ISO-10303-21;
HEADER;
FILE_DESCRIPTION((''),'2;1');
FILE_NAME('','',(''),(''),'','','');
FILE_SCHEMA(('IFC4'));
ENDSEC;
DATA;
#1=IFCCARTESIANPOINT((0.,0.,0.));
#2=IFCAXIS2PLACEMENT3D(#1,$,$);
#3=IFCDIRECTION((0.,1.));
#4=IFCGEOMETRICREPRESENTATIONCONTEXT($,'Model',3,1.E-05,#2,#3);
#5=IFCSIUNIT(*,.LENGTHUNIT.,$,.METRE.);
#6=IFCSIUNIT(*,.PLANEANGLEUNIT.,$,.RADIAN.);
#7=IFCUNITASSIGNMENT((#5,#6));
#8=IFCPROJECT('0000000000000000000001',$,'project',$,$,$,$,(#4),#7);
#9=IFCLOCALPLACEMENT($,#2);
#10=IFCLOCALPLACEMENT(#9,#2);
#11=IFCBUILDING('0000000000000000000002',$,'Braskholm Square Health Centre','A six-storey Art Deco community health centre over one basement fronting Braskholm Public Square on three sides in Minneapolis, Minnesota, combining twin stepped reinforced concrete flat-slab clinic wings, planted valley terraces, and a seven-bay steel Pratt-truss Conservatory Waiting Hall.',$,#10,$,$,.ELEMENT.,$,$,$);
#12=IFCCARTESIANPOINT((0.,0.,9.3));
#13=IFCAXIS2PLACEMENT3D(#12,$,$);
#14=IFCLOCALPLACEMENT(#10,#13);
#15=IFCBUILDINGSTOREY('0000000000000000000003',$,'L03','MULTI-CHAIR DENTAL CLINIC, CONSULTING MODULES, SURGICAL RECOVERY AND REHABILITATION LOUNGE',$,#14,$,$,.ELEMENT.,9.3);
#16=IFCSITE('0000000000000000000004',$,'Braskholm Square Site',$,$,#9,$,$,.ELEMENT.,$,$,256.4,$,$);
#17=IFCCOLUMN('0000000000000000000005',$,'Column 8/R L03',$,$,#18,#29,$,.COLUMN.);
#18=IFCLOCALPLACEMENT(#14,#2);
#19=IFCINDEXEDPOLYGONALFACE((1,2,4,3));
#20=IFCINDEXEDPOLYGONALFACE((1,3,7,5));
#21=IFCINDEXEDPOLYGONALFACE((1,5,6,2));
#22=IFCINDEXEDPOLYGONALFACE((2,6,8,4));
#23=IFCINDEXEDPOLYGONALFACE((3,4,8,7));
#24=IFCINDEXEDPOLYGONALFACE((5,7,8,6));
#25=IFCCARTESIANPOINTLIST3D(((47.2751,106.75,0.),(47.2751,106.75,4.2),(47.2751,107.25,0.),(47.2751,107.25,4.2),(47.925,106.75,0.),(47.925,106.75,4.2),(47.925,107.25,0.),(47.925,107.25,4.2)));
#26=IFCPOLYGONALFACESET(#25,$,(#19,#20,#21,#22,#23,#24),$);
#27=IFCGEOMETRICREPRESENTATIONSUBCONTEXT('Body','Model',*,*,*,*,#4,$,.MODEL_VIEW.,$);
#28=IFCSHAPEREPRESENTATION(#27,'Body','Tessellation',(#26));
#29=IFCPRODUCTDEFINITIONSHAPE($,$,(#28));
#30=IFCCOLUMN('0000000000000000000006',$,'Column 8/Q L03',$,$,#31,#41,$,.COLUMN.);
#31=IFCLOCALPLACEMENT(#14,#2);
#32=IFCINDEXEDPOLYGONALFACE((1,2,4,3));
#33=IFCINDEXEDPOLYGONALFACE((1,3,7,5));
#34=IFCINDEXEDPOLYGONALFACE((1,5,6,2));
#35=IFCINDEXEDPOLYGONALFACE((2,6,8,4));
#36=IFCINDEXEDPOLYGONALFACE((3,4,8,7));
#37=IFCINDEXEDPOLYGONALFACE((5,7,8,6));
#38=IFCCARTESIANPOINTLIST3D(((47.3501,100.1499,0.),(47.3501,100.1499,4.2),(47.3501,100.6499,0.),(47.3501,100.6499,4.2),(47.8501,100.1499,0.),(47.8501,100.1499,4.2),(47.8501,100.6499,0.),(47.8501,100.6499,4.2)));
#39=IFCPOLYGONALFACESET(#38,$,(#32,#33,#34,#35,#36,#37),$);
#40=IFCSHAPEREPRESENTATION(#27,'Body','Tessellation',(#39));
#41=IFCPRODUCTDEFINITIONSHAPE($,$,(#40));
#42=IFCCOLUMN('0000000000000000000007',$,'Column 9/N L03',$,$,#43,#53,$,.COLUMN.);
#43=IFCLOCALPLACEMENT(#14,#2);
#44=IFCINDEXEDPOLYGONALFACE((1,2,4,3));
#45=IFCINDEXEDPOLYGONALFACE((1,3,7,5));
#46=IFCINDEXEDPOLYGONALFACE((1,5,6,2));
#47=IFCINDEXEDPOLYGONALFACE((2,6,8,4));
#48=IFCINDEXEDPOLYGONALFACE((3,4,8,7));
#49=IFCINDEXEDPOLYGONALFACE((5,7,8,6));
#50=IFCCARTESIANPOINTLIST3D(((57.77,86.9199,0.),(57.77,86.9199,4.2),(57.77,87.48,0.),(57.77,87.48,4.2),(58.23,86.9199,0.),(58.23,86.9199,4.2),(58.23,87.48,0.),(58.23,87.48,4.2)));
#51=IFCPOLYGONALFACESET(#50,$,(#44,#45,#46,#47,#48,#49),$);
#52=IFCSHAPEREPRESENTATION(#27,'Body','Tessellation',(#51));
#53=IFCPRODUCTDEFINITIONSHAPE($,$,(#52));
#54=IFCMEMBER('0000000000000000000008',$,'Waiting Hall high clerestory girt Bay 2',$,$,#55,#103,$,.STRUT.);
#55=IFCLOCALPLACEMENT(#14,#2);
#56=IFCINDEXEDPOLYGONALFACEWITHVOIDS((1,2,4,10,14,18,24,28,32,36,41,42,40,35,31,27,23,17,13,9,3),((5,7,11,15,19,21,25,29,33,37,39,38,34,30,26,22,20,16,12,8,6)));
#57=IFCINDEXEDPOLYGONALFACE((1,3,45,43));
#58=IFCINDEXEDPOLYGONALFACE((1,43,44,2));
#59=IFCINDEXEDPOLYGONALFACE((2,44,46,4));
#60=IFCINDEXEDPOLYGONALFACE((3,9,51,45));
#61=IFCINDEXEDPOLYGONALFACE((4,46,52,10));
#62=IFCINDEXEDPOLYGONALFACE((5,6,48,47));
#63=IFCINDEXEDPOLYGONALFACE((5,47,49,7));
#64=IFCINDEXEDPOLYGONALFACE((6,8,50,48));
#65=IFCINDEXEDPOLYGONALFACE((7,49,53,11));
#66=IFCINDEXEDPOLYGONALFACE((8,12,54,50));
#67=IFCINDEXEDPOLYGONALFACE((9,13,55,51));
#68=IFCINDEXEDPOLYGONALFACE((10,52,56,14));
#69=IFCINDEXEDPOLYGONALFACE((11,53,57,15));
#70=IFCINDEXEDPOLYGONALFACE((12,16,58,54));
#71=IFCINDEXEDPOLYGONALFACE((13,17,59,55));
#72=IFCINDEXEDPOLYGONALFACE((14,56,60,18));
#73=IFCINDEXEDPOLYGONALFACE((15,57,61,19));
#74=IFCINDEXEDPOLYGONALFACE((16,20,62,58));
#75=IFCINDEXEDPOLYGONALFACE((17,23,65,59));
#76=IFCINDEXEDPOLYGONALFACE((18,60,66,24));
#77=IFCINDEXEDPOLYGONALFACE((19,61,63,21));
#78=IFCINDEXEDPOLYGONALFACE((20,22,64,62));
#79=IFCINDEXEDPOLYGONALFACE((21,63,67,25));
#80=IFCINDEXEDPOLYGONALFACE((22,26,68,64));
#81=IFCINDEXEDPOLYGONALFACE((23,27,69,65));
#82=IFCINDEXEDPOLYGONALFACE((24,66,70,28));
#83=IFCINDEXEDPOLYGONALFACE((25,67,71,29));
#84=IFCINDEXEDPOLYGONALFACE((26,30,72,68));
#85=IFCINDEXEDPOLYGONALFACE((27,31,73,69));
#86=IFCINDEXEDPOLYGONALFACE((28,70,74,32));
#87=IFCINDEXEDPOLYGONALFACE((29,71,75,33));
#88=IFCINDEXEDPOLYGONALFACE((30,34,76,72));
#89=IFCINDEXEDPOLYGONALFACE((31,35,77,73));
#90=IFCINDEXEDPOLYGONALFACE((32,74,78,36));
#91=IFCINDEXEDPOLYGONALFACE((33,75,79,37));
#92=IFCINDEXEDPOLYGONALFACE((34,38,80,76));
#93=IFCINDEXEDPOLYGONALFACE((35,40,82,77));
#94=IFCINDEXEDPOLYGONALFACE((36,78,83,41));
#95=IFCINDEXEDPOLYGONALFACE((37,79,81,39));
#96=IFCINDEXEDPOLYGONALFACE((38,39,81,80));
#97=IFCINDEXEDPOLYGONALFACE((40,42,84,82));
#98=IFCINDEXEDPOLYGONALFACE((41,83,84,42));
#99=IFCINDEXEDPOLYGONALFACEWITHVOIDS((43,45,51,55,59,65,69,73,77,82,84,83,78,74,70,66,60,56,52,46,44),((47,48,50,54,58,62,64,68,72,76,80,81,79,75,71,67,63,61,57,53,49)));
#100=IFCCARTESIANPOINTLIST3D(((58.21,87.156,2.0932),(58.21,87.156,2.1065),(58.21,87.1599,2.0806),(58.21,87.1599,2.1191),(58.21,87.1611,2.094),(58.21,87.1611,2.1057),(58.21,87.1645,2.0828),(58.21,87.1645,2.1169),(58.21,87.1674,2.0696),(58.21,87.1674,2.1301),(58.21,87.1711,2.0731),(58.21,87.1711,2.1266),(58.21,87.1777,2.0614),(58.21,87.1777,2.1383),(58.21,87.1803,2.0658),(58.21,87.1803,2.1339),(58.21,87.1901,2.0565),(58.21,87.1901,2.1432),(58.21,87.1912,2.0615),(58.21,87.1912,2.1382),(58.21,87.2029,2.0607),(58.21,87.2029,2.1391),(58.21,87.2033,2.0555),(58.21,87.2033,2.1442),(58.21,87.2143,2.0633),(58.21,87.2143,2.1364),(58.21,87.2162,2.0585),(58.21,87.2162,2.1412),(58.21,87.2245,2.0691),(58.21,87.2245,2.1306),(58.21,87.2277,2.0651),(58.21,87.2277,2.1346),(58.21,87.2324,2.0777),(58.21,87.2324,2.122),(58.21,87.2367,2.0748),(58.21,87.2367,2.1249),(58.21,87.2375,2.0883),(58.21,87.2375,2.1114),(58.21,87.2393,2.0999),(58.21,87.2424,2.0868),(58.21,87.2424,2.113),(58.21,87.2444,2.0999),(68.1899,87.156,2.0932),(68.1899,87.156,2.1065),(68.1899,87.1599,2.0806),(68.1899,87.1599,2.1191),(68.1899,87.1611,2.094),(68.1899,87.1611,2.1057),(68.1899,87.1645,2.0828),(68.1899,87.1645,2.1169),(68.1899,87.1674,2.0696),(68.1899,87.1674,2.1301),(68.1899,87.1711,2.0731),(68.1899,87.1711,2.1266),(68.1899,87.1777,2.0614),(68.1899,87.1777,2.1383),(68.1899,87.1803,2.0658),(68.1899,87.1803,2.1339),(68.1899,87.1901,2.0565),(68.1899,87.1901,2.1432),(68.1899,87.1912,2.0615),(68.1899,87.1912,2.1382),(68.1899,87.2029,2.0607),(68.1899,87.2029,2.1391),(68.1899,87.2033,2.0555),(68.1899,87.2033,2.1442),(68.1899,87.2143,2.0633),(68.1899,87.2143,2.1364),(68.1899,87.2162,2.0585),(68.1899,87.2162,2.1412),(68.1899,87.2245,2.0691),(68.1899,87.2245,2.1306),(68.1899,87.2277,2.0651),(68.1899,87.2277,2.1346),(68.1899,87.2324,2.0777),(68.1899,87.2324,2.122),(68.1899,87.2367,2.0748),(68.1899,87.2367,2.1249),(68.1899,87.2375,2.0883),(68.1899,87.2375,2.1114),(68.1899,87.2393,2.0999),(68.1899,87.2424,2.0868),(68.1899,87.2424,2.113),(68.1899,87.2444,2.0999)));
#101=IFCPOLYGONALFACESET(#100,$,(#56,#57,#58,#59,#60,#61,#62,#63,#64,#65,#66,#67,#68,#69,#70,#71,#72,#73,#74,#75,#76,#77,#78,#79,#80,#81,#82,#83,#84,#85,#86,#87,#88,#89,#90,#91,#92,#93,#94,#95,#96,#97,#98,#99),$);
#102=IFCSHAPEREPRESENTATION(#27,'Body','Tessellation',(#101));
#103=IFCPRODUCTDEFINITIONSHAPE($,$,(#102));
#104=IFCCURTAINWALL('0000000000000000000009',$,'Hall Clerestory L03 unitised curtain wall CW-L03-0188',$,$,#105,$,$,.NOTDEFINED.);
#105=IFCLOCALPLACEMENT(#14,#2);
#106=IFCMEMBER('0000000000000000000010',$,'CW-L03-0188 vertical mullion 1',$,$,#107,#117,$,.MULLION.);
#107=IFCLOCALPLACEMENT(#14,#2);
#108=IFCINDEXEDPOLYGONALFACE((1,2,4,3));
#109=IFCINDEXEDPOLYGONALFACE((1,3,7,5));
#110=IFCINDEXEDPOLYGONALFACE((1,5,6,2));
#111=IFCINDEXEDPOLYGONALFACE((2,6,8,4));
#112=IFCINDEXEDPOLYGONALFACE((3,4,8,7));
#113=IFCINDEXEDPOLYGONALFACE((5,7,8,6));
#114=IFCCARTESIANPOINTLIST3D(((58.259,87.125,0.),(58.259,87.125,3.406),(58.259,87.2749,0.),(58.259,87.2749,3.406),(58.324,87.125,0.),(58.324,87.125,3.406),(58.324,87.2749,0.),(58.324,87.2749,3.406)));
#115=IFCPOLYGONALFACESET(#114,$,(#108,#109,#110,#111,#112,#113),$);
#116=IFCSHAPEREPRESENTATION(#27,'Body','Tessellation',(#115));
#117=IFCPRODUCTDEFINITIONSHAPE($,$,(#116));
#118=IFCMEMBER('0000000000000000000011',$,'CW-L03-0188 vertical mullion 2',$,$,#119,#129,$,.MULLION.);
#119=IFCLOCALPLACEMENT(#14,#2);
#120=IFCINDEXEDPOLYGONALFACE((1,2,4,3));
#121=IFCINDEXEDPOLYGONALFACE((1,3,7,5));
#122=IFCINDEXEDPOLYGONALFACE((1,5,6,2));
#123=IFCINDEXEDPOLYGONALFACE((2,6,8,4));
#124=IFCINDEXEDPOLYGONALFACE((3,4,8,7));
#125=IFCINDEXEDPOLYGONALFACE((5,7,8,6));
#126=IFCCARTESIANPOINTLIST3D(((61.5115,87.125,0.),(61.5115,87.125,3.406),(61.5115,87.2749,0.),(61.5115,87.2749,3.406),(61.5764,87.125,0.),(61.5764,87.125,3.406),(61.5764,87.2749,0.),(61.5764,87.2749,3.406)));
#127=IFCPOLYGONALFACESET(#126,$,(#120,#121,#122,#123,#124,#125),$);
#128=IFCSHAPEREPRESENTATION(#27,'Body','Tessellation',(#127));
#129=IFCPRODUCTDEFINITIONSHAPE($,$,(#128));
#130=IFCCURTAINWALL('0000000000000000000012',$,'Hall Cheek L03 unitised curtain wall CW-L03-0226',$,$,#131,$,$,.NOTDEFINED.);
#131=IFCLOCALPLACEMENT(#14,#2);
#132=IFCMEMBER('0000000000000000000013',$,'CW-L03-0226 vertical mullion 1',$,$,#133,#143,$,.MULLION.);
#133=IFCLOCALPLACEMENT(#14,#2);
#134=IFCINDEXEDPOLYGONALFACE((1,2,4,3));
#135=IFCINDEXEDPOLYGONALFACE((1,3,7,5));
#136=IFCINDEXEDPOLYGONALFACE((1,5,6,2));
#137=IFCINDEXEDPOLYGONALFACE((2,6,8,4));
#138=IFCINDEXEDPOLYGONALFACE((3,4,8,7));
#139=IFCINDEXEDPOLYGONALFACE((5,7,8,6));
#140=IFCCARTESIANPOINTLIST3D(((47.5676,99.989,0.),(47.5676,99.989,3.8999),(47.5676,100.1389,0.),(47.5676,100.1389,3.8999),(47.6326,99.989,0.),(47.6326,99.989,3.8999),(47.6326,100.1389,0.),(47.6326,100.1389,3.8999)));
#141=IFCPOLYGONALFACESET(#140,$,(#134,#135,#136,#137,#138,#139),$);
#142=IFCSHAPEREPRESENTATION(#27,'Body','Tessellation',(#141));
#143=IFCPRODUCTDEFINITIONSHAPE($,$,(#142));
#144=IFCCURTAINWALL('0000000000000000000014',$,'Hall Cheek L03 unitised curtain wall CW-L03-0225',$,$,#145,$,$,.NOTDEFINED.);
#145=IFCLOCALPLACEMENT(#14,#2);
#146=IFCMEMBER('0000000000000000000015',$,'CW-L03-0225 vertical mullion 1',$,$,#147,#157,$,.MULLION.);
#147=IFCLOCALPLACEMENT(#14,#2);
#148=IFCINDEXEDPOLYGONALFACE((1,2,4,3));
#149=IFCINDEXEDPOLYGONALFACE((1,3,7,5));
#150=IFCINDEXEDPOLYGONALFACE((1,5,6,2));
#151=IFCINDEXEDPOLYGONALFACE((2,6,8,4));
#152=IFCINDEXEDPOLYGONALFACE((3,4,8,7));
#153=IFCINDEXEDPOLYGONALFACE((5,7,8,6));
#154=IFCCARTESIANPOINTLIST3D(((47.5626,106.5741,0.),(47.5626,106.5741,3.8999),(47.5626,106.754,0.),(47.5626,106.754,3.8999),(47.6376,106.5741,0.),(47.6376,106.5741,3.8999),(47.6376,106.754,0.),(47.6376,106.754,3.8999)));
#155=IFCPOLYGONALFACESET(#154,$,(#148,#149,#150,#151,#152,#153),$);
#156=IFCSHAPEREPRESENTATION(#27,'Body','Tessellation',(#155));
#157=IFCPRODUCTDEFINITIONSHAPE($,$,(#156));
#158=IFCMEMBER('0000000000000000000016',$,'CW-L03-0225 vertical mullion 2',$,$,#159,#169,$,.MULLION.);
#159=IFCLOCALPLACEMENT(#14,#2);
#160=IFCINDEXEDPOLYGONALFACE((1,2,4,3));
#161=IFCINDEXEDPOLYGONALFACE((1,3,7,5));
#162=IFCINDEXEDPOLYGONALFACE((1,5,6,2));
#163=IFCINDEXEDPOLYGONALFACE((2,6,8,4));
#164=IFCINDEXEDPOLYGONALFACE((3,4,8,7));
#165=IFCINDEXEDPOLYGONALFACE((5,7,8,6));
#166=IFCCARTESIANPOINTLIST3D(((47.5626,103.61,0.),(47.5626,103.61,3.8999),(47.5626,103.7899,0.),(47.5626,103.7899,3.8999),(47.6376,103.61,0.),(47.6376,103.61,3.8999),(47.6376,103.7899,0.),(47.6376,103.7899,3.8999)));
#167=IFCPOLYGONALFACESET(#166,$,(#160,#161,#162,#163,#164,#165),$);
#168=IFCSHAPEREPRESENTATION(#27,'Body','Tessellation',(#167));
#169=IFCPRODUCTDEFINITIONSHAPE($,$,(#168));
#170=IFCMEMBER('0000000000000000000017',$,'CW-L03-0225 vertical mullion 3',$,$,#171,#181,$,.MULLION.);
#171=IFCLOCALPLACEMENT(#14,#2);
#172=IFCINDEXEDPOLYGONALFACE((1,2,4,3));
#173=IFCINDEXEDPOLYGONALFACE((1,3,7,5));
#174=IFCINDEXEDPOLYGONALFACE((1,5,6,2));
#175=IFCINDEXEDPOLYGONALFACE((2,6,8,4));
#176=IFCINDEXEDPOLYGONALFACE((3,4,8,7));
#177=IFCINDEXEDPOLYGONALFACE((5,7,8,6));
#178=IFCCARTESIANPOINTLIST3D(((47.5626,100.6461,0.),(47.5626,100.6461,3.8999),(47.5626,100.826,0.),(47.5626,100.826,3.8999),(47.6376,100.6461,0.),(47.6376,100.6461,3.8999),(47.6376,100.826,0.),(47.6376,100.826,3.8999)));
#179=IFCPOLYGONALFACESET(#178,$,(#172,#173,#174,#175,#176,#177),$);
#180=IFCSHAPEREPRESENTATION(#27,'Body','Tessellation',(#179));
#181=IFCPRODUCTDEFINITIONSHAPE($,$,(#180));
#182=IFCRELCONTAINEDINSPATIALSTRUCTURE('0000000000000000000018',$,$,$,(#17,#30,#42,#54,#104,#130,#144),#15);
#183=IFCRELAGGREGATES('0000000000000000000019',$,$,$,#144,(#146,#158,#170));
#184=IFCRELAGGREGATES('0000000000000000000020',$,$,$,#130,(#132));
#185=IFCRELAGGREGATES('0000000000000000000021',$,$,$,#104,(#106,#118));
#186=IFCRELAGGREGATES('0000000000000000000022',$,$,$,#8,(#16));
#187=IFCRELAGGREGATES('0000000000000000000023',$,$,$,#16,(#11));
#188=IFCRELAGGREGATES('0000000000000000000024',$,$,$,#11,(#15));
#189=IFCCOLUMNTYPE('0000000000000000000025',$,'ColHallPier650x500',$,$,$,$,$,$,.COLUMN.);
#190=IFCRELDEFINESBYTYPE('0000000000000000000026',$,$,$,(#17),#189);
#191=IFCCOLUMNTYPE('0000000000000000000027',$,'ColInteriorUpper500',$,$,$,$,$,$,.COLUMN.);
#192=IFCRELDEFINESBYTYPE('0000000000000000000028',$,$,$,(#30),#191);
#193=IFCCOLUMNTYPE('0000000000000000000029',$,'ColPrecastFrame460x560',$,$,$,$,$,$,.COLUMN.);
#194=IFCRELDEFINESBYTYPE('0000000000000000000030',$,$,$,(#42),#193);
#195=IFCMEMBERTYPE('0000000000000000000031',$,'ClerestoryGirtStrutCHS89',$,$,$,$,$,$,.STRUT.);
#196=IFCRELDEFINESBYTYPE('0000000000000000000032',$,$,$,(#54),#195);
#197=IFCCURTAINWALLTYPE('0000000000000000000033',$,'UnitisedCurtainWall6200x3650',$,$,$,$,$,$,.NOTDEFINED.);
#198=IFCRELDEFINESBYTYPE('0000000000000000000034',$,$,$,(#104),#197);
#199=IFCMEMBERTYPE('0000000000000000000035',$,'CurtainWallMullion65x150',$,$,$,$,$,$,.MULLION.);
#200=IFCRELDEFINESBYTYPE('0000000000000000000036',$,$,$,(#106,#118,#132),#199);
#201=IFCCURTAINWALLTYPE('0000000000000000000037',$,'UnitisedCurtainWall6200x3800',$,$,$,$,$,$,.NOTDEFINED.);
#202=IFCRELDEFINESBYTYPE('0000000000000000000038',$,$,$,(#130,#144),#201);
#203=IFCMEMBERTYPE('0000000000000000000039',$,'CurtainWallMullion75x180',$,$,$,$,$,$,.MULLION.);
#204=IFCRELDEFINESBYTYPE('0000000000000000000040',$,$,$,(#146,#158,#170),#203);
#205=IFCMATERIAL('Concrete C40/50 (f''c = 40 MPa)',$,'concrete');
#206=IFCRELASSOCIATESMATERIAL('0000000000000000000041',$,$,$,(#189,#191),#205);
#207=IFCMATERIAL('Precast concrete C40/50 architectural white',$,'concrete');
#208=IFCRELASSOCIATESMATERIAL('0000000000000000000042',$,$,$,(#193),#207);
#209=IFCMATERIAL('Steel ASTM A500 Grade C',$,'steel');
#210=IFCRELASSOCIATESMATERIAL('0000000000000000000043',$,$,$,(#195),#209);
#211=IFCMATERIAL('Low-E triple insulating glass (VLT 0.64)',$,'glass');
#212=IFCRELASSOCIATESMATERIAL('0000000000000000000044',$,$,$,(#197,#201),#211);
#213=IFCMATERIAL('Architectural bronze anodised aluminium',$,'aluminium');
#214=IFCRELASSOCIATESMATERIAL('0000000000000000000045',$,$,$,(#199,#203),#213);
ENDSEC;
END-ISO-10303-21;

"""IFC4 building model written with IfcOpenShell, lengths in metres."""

from ifc_helpers import new_model, si_unit, direction, frame, origin, origin_2d, place, context, subcontext, project, spatial, rectangle, hollow_circle, extrude, material, material_profile, profile_set, type_object, element, aggregate, save


model = new_model("IFC4")

# Units and contexts
model_context = context("Model", 3, precision=1e-05, world=origin(), true_north=direction((0.0, 1.0)))
body_context = subcontext(model_context, "Body", "Model", "MODEL_VIEW")
ifc_project = project(units=[si_unit("LENGTHUNIT", "METRE"), si_unit("PLANEANGLEUNIT", "RADIAN")], contexts=[model_context])

# Site, building, storey
site_placement = place(None, origin())
site = spatial("IfcSite", under=ifc_project, at=site_placement, Name="Braskholm Square Site", CompositionType="ELEMENT", RefElevation=256.4)
building_placement = place(site_placement, origin())
building = spatial("IfcBuilding", under=site, at=building_placement, Name="Braskholm Square Health Centre", Description="A six-storey Art Deco community health centre over one basement fronting Braskholm Public Square on three sides in Minneapolis, Minnesota, combining twin stepped reinforced concrete flat-slab clinic wings, planted valley terraces, and a seven-bay steel Pratt-truss Conservatory Waiting Hall.", CompositionType="ELEMENT")
storey_placement = place(building_placement, frame((0.0, 0.0, 9.3)))
storey = spatial("IfcBuildingStorey", under=building, at=storey_placement, Name="L03", Description="MULTI-CHAIR DENTAL CLINIC, CONSULTING MODULES, SURGICAL RECOVERY AND REHABILITATION LOUNGE", CompositionType="ELEMENT", Elevation=9.3)

# Columns
ifc_material_1 = material(Name="Concrete C40/50 (f'c = 40 MPa)", Category="concrete")
ifc_material_profile_1 = material_profile(ifc_material_1, rectangle(XDim=0.6499, YDim=0.5, at=origin_2d()), Name="RC-650X500")
ifc_profile_set_1 = profile_set([ifc_material_profile_1], Name="Concrete C40/50 (f'c = 40 MPa)")
column_type_1 = type_object("IfcColumnType", Name="ColHallPier650x500", PredefinedType="COLUMN", material=ifc_profile_set_1)
column_1_placement = place(storey_placement, frame((47.6001, 107.0, 0.0), z_axis=(0.0, 0.0, 1.0), x_axis=(1.0, 0.0, 0.0)))
element("IfcColumn", 1, at=column_1_placement, inside=storey, type_object=column_type_1, Name="Column 8/R L03", PredefinedType="COLUMN", context=body_context, shape_type="SweptSolid", body=[
    extrude(rectangle(XDim=0.6499, YDim=0.5, at=origin_2d()), origin(), (0.0, 0.0, 1.0), 4.2),
])
ifc_material_profile_2 = material_profile(ifc_material_1, rectangle(XDim=0.5, YDim=0.5, at=origin_2d()), Name="RC-500X500")
ifc_profile_set_2 = profile_set([ifc_material_profile_2], Name="Concrete C40/50 (f'c = 40 MPa)")
column_type_2 = type_object("IfcColumnType", Name="ColInteriorUpper500", PredefinedType="COLUMN", material=ifc_profile_set_2)
column_2_placement = place(storey_placement, frame((47.6001, 100.3999, 0.0), z_axis=(0.0, 0.0, 1.0), x_axis=(1.0, 0.0, 0.0)))
element("IfcColumn", 2, at=column_2_placement, inside=storey, type_object=column_type_2, Name="Column 8/Q L03", PredefinedType="COLUMN", context=body_context, shape_type="SweptSolid", body=[
    extrude(rectangle(XDim=0.5, YDim=0.5, at=origin_2d()), origin(), (0.0, 0.0, 1.0), 4.2),
])
ifc_material_2 = material(Name="Precast concrete C40/50 architectural white", Category="concrete")
ifc_material_profile_3 = material_profile(ifc_material_2, rectangle(XDim=0.46, YDim=0.5601, at=origin_2d()), Name="RC-460X560")
ifc_profile_set_3 = profile_set([ifc_material_profile_3], Name="Precast concrete C40/50 architectural white")
column_type_3 = type_object("IfcColumnType", Name="ColPrecastFrame460x560", PredefinedType="COLUMN", material=ifc_profile_set_3)
column_3_placement = place(storey_placement, frame((58.0, 87.2, 0.0), z_axis=(0.0, 0.0, 1.0), x_axis=(1.0, 0.0, 0.0)))
element("IfcColumn", 3, at=column_3_placement, inside=storey, type_object=column_type_3, Name="Column 9/N L03", PredefinedType="COLUMN", context=body_context, shape_type="SweptSolid", body=[
    extrude(rectangle(XDim=0.46, YDim=0.5601, at=origin_2d()), origin(), (0.0, 0.0, 1.0), 4.2),
])

# Member
ifc_material_3 = material(Name="Steel ASTM A500 Grade C", Category="steel")
ifc_material_profile_4 = material_profile(ifc_material_3, hollow_circle(Radius=0.0444, WallThickness=0.0051, at=origin_2d()), Name="HSS3.500X0.216")
ifc_profile_set_4 = profile_set([ifc_material_profile_4], Name="Steel ASTM A500 Grade C")
member_type_1 = type_object("IfcMemberType", Name="ClerestoryGirtStrutCHS89", PredefinedType="STRUT", material=ifc_profile_set_4)
member_1_placement = place(storey_placement, frame((58.21, 87.2, 2.0999), z_axis=(1.0, 0.0, 0.0), x_axis=(0.0, 1.0, 0.0)))
element("IfcMember", 4, at=member_1_placement, inside=storey, type_object=member_type_1, Name="Waiting Hall high clerestory girt Bay 2", PredefinedType="STRUT", context=body_context, shape_type="SweptSolid", body=[
    extrude(hollow_circle(Radius=0.0444, WallThickness=0.0051, at=origin_2d()), origin(), (0.0, 0.0, 1.0), 9.98),
])

# Curtain wall, members
ifc_material_4 = material(Name="Low-E triple insulating glass (VLT 0.64)", Category="glass")
curtain_wall_type_1 = type_object("IfcCurtainWallType", Name="UnitisedCurtainWall6200x3650", PredefinedType="NOTDEFINED", material=ifc_material_4)
curtain_wall_1_placement = place(storey_placement, origin())
curtain_wall_1 = element("IfcCurtainWall", 5, at=curtain_wall_1_placement, inside=storey, type_object=curtain_wall_type_1, Name="Hall Clerestory L03 unitised curtain wall CW-L03-0188", PredefinedType="NOTDEFINED")
ifc_material_5 = material(Name="Architectural bronze anodised aluminium", Category="aluminium")
ifc_material_profile_5 = material_profile(ifc_material_5, rectangle(XDim=0.0649, YDim=0.1499, at=origin_2d()), Name="ALU-65X150")
ifc_profile_set_5 = profile_set([ifc_material_profile_5], Name="Architectural bronze anodised aluminium")
member_type_2 = type_object("IfcMemberType", Name="CurtainWallMullion65x150", PredefinedType="MULLION", material=ifc_profile_set_5)
member_2_placement = place(storey_placement, frame((58.2915, 87.2, 0.0), z_axis=(0.0, 0.0, 1.0), x_axis=(1.0, 0.0, 0.0)))
member_2 = element("IfcMember", 6, at=member_2_placement, type_object=member_type_2, Name="CW-L03-0188 vertical mullion 1", PredefinedType="MULLION", context=body_context, shape_type="SweptSolid", body=[
    extrude(rectangle(XDim=0.0649, YDim=0.1499, at=origin_2d()), origin(), (0.0, 0.0, 1.0), 3.406),
])
member_3_placement = place(storey_placement, frame((61.5439, 87.2, 0.0), z_axis=(0.0, 0.0, 1.0), x_axis=(1.0, 0.0, 0.0)))
member_3 = element("IfcMember", 7, at=member_3_placement, type_object=member_type_2, Name="CW-L03-0188 vertical mullion 2", PredefinedType="MULLION", context=body_context, shape_type="SweptSolid", body=[
    extrude(rectangle(XDim=0.0649, YDim=0.1499, at=origin_2d()), origin(), (0.0, 0.0, 1.0), 3.406),
])

# Curtain wall, member
curtain_wall_type_2 = type_object("IfcCurtainWallType", Name="UnitisedCurtainWall6200x3800", PredefinedType="NOTDEFINED", material=ifc_material_4)
curtain_wall_2_placement = place(storey_placement, origin())
curtain_wall_2 = element("IfcCurtainWall", 8, at=curtain_wall_2_placement, inside=storey, type_object=curtain_wall_type_2, Name="Hall Cheek L03 unitised curtain wall CW-L03-0226", PredefinedType="NOTDEFINED")
member_4_placement = place(storey_placement, frame((47.6001, 100.064, 0.0), z_axis=(0.0, 0.0, 1.0), x_axis=(1.0, 0.0, 0.0)))
member_4 = element("IfcMember", 9, at=member_4_placement, type_object=member_type_2, Name="CW-L03-0226 vertical mullion 1", PredefinedType="MULLION", context=body_context, shape_type="SweptSolid", body=[
    extrude(rectangle(XDim=0.0649, YDim=0.1499, at=origin_2d()), origin(), (0.0, 0.0, 1.0), 3.8999),
])

# Curtain wall, members
curtain_wall_3_placement = place(storey_placement, origin())
curtain_wall_3 = element("IfcCurtainWall", 10, at=curtain_wall_3_placement, inside=storey, type_object=curtain_wall_type_2, Name="Hall Cheek L03 unitised curtain wall CW-L03-0225", PredefinedType="NOTDEFINED")
ifc_material_profile_6 = material_profile(ifc_material_5, rectangle(XDim=0.075, YDim=0.1799, at=origin_2d()), Name="ALU-75X180")
ifc_profile_set_6 = profile_set([ifc_material_profile_6], Name="Architectural bronze anodised aluminium")
member_type_3 = type_object("IfcMemberType", Name="CurtainWallMullion75x180", PredefinedType="MULLION", material=ifc_profile_set_6)
member_5_placement = place(storey_placement, frame((47.6001, 106.6641, 0.0), z_axis=(0.0, 0.0, 1.0), x_axis=(1.0, 0.0, 0.0)))
member_5 = element("IfcMember", 11, at=member_5_placement, type_object=member_type_3, Name="CW-L03-0225 vertical mullion 1", PredefinedType="MULLION", context=body_context, shape_type="SweptSolid", body=[
    extrude(rectangle(XDim=0.075, YDim=0.1799, at=origin_2d()), origin(), (0.0, 0.0, 1.0), 3.8999),
])
member_6_placement = place(storey_placement, frame((47.6001, 103.7, 0.0), z_axis=(0.0, 0.0, 1.0), x_axis=(1.0, 0.0, 0.0)))
member_6 = element("IfcMember", 12, at=member_6_placement, type_object=member_type_3, Name="CW-L03-0225 vertical mullion 2", PredefinedType="MULLION", context=body_context, shape_type="SweptSolid", body=[
    extrude(rectangle(XDim=0.075, YDim=0.1799, at=origin_2d()), origin(), (0.0, 0.0, 1.0), 3.8999),
])
member_7_placement = place(storey_placement, frame((47.6001, 100.7361, 0.0), z_axis=(0.0, 0.0, 1.0), x_axis=(1.0, 0.0, 0.0)))
member_7 = element("IfcMember", 13, at=member_7_placement, type_object=member_type_3, Name="CW-L03-0225 vertical mullion 3", PredefinedType="MULLION", context=body_context, shape_type="SweptSolid", body=[
    extrude(rectangle(XDim=0.075, YDim=0.1799, at=origin_2d()), origin(), (0.0, 0.0, 1.0), 3.8999),
])

aggregate(curtain_wall_3, [member_5, member_6, member_7])
aggregate(curtain_wall_2, [member_4])
aggregate(curtain_wall_1, [member_2, member_3])

save(model, "model.ifc")
